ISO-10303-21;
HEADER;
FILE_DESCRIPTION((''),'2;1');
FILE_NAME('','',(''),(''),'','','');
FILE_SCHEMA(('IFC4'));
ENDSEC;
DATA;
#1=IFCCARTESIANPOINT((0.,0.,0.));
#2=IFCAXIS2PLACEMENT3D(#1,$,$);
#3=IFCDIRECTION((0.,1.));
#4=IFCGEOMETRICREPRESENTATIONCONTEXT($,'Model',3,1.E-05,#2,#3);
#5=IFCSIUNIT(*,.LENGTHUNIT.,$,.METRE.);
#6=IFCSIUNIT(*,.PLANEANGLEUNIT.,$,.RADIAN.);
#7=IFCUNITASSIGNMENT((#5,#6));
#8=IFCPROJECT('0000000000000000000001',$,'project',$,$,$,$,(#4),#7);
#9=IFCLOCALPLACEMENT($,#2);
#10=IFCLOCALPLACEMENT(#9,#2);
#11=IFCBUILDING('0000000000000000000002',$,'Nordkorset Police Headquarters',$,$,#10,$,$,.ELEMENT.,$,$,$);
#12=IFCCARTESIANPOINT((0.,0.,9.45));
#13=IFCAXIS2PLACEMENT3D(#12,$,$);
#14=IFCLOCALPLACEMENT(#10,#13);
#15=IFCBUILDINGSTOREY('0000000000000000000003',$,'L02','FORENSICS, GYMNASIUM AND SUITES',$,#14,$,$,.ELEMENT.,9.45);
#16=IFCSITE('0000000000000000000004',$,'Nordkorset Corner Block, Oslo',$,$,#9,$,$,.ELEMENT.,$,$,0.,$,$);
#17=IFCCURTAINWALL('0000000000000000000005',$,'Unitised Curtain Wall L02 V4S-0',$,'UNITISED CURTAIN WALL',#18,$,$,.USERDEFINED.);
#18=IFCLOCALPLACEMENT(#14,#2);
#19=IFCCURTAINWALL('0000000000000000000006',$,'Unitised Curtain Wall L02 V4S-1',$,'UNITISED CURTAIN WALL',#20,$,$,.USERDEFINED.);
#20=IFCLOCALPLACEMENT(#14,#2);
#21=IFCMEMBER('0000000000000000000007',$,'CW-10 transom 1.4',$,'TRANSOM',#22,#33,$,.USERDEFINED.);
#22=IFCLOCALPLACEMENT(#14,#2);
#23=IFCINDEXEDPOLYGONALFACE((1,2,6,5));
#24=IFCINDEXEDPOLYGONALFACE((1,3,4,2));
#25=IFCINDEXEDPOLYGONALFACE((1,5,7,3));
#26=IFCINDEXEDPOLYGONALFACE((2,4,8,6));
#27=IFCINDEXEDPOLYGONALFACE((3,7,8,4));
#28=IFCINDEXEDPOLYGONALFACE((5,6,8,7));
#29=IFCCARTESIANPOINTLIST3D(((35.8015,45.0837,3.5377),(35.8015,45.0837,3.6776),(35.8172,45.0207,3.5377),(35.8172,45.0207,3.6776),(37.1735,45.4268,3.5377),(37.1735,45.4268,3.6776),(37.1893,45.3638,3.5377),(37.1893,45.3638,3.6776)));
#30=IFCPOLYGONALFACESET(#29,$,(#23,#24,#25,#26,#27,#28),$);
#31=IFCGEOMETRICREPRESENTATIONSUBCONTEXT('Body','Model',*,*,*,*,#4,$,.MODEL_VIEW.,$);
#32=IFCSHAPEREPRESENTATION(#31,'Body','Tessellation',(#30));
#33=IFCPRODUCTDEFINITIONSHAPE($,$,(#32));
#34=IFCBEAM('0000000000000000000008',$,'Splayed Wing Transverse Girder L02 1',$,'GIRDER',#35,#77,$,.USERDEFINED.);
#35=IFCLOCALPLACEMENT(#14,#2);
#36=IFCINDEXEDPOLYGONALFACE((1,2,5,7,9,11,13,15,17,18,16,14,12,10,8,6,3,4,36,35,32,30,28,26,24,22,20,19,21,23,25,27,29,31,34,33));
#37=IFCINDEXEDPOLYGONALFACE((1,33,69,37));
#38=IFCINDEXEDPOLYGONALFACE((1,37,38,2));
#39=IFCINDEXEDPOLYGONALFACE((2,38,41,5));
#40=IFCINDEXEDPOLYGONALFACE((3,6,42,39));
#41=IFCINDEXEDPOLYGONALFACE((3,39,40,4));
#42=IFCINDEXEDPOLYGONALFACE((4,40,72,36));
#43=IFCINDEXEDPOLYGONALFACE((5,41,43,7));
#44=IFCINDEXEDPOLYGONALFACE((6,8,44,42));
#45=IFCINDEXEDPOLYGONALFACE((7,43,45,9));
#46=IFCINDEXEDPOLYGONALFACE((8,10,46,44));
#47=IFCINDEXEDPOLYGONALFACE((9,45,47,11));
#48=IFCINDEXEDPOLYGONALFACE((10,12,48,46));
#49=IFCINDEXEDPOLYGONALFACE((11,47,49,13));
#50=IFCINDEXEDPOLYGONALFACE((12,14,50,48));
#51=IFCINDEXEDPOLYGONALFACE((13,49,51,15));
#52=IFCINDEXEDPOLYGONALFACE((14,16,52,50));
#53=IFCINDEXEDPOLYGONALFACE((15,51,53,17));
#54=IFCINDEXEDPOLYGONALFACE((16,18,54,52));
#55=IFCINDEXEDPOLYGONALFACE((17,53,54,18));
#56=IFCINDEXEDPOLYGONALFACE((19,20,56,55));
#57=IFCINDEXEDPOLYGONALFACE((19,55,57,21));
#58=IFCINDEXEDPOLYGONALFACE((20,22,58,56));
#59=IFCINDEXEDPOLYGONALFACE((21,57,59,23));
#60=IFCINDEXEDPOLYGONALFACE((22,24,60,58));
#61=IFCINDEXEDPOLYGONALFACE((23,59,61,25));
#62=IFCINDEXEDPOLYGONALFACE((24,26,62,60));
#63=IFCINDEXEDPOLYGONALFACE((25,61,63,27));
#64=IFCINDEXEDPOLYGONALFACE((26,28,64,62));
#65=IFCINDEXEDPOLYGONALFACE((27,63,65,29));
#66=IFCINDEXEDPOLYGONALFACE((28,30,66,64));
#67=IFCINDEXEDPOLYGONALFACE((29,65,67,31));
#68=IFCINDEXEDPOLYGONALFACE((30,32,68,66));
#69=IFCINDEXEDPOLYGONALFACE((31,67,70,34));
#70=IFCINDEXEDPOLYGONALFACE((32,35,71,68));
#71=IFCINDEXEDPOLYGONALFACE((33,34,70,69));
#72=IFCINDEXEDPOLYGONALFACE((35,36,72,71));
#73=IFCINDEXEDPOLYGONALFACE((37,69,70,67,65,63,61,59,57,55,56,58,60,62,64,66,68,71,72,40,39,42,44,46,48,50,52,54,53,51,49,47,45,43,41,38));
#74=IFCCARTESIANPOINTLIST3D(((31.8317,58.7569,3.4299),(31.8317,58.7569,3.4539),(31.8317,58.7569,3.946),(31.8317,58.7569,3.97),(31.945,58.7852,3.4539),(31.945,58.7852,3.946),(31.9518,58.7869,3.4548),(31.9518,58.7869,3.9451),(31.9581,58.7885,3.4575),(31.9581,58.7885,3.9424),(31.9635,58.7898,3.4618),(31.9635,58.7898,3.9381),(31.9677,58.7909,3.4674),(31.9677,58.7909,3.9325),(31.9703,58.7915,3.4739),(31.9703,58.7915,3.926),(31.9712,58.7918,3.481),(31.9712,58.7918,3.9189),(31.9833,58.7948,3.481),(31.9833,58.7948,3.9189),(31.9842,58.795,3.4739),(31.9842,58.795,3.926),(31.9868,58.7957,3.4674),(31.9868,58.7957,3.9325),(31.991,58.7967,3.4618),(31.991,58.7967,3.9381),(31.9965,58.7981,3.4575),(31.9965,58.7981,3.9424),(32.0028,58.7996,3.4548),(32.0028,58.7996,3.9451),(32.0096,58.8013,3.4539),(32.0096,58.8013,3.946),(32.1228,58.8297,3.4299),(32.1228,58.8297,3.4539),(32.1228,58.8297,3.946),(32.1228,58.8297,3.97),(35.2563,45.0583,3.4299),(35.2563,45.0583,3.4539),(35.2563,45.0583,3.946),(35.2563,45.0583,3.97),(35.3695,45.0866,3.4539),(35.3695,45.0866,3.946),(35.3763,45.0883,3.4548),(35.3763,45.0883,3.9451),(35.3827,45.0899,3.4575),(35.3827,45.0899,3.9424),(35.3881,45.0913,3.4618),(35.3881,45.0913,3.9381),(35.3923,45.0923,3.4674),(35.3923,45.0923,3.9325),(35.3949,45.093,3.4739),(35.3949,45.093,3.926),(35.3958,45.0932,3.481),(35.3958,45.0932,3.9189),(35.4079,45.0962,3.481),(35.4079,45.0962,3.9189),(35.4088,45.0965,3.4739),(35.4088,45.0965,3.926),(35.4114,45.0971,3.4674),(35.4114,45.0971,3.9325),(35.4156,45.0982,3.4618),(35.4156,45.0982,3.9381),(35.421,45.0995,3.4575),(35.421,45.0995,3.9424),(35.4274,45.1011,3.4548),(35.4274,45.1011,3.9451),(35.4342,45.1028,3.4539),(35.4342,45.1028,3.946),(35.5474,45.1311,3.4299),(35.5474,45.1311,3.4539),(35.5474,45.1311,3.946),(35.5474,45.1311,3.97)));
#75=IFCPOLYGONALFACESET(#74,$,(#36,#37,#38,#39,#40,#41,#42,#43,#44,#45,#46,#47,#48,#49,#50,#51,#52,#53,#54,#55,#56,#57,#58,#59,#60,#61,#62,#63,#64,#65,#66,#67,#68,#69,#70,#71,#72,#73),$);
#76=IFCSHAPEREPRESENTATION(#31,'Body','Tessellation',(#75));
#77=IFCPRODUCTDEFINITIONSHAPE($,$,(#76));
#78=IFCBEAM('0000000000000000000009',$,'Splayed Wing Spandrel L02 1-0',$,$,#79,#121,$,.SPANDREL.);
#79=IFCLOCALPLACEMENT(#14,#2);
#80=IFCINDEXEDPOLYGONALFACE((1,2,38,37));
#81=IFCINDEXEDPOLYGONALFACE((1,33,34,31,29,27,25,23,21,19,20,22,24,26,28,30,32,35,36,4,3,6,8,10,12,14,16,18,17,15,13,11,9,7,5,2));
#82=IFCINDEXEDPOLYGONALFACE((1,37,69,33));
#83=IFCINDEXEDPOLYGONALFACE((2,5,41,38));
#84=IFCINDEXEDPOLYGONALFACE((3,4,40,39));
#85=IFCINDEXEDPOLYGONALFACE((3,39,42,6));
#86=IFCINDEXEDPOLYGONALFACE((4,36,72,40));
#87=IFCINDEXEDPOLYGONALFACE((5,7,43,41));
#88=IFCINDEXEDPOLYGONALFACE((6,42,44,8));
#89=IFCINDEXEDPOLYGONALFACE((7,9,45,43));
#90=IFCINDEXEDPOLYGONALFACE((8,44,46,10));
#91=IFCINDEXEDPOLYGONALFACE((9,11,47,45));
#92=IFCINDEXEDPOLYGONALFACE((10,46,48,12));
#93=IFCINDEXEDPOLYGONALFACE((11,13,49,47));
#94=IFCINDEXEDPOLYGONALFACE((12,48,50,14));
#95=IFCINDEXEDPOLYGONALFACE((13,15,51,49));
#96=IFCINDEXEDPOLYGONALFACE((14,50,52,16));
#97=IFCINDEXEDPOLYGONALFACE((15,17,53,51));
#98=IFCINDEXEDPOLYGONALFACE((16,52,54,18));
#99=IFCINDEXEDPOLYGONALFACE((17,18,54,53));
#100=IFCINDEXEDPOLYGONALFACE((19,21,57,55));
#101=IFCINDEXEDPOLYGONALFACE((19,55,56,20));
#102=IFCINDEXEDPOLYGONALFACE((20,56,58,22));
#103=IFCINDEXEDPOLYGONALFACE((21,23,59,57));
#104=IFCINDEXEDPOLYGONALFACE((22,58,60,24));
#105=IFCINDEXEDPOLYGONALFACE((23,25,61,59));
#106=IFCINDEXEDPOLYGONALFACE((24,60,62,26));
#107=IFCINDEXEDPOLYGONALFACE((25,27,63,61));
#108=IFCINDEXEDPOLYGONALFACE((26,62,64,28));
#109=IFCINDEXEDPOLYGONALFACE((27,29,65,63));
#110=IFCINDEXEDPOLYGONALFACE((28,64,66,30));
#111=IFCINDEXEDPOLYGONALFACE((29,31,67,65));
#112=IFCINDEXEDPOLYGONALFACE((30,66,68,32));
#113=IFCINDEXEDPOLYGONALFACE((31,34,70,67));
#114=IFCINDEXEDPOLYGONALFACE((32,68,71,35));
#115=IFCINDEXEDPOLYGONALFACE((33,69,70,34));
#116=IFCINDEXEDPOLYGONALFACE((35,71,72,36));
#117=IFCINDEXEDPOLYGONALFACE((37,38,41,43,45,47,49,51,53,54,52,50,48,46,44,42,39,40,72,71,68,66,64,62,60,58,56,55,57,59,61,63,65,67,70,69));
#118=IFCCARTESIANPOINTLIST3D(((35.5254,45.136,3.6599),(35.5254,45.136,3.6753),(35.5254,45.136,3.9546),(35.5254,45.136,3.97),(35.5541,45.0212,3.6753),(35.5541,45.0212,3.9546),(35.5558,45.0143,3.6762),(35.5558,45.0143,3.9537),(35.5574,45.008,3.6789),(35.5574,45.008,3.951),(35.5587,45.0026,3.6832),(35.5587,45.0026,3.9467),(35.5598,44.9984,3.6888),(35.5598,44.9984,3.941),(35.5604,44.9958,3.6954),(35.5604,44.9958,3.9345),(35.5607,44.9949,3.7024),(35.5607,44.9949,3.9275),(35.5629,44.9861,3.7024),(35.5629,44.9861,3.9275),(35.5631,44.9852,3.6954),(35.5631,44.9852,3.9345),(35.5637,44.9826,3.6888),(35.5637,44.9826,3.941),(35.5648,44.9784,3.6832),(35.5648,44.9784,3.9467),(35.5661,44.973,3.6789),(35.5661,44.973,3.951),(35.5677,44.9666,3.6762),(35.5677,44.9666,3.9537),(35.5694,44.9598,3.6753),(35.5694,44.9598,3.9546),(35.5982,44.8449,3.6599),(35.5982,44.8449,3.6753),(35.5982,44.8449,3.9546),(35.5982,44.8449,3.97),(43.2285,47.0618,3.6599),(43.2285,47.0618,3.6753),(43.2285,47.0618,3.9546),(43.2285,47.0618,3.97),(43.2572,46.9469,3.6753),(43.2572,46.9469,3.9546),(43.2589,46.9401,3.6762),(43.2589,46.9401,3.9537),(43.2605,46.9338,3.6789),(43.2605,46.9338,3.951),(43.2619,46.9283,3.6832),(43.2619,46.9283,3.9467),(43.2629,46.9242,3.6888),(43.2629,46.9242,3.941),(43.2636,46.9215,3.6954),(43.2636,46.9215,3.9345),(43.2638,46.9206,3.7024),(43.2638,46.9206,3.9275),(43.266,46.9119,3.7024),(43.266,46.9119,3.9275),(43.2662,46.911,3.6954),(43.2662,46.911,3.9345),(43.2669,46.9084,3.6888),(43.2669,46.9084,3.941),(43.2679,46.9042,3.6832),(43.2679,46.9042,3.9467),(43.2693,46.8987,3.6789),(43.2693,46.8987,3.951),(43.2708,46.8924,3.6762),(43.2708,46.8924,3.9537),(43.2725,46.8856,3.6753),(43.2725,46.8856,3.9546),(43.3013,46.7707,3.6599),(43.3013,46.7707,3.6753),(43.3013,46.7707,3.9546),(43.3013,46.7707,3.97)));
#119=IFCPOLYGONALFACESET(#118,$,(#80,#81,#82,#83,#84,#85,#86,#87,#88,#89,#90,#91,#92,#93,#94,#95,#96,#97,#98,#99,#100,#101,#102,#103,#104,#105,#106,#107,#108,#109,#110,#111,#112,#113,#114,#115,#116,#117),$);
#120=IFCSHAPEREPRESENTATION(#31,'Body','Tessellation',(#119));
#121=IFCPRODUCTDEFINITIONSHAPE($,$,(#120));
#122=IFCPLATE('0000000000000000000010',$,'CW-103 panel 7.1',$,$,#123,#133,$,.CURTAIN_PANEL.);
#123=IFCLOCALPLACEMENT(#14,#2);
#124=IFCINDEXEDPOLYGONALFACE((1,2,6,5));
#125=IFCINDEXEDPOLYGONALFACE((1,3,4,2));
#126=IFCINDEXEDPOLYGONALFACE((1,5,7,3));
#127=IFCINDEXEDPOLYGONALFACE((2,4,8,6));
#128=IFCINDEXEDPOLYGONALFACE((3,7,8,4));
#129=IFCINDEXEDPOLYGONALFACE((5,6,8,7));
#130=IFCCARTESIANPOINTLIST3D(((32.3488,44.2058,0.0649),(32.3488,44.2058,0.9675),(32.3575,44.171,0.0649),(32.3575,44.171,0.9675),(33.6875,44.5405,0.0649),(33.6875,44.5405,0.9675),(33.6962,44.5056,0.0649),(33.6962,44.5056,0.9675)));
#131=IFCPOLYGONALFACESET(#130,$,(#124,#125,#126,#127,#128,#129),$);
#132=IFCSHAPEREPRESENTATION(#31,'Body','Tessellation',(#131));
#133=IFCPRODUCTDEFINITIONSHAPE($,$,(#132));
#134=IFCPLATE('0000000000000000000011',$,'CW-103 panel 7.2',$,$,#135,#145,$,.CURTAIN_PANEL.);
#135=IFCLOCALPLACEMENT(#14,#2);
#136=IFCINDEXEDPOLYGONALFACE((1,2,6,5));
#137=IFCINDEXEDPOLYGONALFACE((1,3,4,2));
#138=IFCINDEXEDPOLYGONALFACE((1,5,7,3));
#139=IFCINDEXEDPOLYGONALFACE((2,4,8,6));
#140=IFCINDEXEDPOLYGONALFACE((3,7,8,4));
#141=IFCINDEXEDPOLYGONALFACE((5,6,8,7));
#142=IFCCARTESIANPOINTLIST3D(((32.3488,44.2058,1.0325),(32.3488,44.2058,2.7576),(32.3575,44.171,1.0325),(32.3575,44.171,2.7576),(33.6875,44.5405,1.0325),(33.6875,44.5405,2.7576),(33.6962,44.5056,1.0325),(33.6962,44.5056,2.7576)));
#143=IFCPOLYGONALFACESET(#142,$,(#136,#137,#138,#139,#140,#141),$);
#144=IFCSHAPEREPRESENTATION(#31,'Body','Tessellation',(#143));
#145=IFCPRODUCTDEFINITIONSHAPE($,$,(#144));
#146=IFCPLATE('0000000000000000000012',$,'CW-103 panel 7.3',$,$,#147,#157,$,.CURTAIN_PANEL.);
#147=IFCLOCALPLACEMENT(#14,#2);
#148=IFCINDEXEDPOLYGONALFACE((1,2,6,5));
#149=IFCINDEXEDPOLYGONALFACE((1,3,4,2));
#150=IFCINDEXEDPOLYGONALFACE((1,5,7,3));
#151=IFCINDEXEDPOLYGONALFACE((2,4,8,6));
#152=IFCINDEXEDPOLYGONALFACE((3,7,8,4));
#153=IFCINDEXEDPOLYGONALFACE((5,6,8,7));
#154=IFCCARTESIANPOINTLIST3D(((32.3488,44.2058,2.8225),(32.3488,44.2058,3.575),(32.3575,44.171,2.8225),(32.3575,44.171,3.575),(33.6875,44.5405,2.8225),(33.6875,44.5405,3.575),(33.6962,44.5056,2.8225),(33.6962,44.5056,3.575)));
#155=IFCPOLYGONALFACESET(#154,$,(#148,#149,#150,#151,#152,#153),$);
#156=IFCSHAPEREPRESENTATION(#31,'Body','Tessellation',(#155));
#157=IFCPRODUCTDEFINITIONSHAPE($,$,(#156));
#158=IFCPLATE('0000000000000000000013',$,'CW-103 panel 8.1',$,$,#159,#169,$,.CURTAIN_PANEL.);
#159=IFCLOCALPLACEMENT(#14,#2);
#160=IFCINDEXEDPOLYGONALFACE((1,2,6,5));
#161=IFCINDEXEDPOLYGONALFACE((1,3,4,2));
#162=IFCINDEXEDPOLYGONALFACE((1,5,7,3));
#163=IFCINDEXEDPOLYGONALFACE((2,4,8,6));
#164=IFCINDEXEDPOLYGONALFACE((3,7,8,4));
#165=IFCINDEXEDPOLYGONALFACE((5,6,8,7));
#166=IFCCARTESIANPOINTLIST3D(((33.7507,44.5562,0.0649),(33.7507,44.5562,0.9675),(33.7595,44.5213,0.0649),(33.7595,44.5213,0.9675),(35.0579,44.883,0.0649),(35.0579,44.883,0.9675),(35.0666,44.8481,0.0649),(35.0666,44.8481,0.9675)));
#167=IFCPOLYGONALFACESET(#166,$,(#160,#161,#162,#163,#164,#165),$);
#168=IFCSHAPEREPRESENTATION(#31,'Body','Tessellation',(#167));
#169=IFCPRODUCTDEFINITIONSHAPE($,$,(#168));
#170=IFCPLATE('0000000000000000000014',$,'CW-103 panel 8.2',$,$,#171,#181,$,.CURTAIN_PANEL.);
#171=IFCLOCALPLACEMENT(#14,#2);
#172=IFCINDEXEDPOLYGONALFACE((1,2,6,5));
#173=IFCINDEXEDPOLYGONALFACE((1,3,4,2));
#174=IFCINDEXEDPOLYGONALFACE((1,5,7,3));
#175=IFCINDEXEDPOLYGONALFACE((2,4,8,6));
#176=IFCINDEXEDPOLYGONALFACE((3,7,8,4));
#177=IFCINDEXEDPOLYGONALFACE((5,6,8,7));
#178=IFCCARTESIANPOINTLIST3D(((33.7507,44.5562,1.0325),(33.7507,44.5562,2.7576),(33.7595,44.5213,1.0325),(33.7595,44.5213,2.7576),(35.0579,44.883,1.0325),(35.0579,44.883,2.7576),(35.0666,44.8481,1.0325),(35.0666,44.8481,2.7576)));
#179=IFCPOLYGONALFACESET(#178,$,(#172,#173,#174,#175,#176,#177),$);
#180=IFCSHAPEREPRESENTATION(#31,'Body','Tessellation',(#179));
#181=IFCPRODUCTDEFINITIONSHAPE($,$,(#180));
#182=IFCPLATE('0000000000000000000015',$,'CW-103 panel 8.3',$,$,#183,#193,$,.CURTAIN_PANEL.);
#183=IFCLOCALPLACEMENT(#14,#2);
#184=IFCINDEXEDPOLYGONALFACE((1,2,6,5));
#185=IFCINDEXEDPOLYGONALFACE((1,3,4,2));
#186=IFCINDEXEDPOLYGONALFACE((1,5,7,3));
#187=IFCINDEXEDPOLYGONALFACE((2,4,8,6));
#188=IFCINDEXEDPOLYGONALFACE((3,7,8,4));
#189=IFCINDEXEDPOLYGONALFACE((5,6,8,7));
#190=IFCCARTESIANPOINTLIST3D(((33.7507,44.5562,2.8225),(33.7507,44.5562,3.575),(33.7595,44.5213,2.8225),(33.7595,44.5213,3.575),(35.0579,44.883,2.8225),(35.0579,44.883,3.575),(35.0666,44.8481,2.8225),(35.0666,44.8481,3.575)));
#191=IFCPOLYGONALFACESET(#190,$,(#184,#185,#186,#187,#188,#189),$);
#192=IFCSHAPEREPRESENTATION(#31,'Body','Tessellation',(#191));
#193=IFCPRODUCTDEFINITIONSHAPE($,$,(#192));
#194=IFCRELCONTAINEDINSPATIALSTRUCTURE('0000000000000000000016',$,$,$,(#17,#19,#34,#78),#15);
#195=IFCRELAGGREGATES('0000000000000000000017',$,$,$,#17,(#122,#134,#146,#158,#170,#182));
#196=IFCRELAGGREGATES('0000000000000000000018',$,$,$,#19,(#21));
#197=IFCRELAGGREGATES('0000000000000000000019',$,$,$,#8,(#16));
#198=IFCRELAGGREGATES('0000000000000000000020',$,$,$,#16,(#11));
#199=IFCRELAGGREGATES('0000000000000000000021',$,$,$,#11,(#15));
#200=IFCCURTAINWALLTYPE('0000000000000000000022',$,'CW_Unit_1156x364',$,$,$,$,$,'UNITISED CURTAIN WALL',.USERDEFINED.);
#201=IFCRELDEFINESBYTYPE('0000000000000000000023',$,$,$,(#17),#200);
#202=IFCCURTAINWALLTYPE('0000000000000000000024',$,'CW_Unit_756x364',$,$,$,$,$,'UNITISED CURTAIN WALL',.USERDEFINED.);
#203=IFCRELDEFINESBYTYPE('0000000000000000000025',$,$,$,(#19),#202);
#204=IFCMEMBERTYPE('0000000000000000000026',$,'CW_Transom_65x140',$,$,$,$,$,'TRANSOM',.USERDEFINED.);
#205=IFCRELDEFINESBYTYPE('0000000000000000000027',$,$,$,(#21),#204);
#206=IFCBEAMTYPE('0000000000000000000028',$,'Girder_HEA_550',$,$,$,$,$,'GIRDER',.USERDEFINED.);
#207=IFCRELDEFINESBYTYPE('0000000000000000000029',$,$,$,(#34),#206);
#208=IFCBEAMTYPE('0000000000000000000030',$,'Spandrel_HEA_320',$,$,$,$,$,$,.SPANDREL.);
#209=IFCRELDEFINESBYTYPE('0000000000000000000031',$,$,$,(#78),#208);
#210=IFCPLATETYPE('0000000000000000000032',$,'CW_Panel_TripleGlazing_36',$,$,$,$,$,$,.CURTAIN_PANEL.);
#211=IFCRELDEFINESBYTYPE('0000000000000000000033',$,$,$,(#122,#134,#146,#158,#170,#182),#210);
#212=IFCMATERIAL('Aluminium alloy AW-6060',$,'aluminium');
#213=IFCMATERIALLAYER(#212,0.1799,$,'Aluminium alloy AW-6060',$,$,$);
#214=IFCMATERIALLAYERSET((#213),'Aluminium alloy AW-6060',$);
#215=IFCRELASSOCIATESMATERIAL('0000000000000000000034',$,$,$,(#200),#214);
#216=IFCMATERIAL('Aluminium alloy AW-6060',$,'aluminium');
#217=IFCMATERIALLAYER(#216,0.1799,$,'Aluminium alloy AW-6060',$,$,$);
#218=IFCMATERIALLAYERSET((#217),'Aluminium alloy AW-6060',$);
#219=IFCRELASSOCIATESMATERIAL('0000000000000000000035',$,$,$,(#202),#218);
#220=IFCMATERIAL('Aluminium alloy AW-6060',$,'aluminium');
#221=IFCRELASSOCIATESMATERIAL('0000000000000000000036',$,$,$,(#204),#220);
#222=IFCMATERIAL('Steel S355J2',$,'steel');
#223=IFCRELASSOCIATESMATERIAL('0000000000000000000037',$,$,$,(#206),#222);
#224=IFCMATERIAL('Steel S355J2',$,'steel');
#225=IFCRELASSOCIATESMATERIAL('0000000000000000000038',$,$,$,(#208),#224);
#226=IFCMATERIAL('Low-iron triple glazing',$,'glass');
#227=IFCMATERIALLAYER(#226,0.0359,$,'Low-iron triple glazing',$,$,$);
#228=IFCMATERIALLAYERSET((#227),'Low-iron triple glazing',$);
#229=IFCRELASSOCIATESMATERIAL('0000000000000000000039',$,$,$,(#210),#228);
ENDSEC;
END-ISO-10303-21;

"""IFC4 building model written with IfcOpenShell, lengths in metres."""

from ifc_helpers import new_model, si_unit, direction, frame, origin, origin_2d, place, context, subcontext, project, spatial, rectangle, i_section, extrude, material, layer, layer_set, material_profile, profile_set, type_object, element, aggregate, save


model = new_model("IFC4")

# Units and contexts
model_context = context("Model", 3, precision=1e-05, world=origin(), true_north=direction((0.0, 1.0)))
body_context = subcontext(model_context, "Body", "Model", "MODEL_VIEW")
ifc_project = project(units=[si_unit("LENGTHUNIT", "METRE"), si_unit("PLANEANGLEUNIT", "RADIAN")], contexts=[model_context])

# Site, building, storey
site_placement = place(None, origin())
site = spatial("IfcSite", under=ifc_project, at=site_placement, Name="Nordkorset Corner Block, Oslo", CompositionType="ELEMENT", RefElevation=0.0)
building_placement = place(site_placement, origin())
building = spatial("IfcBuilding", under=site, at=building_placement, Name="Nordkorset Police Headquarters", CompositionType="ELEMENT")
storey_placement = place(building_placement, frame((0.0, 0.0, 9.45)))
storey = spatial("IfcBuildingStorey", under=building, at=storey_placement, Name="L02", Description="FORENSICS, GYMNASIUM AND SUITES", CompositionType="ELEMENT", Elevation=9.45)

# Curtain wall
ifc_material_1 = material(Name="Aluminium alloy AW-6060", Category="aluminium")
ifc_layer_1 = layer(ifc_material_1, 0.1799, Name="Aluminium alloy AW-6060")
ifc_layer_set_1 = layer_set([ifc_layer_1], Name="Aluminium alloy AW-6060")
curtain_wall_type_1 = type_object("IfcCurtainWallType", Name="CW_Unit_1156x364", ElementType="UNITISED CURTAIN WALL", PredefinedType="USERDEFINED", material=ifc_layer_set_1)
curtain_wall_1_placement = place(storey_placement, origin())
curtain_wall_1 = element("IfcCurtainWall", 1, at=curtain_wall_1_placement, inside=storey, type_object=curtain_wall_type_1, Name="Unitised Curtain Wall L02 V4S-0", ObjectType="UNITISED CURTAIN WALL", PredefinedType="USERDEFINED")

# Curtain wall
ifc_material_2 = material(Name="Aluminium alloy AW-6060", Category="aluminium")
ifc_layer_2 = layer(ifc_material_2, 0.1799, Name="Aluminium alloy AW-6060")
ifc_layer_set_2 = layer_set([ifc_layer_2], Name="Aluminium alloy AW-6060")
curtain_wall_type_2 = type_object("IfcCurtainWallType", Name="CW_Unit_756x364", ElementType="UNITISED CURTAIN WALL", PredefinedType="USERDEFINED", material=ifc_layer_set_2)
curtain_wall_2_placement = place(storey_placement, origin())
curtain_wall_2 = element("IfcCurtainWall", 2, at=curtain_wall_2_placement, inside=storey, type_object=curtain_wall_type_2, Name="Unitised Curtain Wall L02 V4S-1", ObjectType="UNITISED CURTAIN WALL", PredefinedType="USERDEFINED")

# Member
ifc_material_3 = material(Name="Aluminium alloy AW-6060", Category="aluminium")
ifc_material_profile_1 = material_profile(ifc_material_3, rectangle(XDim=0.0649, YDim=0.1399, at=origin_2d()), Name="ALU TRAN 65x140")
ifc_profile_set_1 = profile_set([ifc_material_profile_1], Name="Aluminium alloy AW-6060")
member_type_1 = type_object("IfcMemberType", Name="CW_Transom_65x140", ElementType="TRANSOM", PredefinedType="USERDEFINED", material=ifc_profile_set_1)
member_1_placement = place(storey_placement, frame((35.8093, 45.0522, 3.6077), z_axis=(0.970143, 0.242536, 0.0), x_axis=(-0.242536, 0.970143, 0.0)))
member_1 = element("IfcMember", 3, at=member_1_placement, type_object=member_type_1, Name="CW-10 transom 1.4", ObjectType="TRANSOM", PredefinedType="USERDEFINED", context=body_context, shape_type="SweptSolid", body=[
    extrude(rectangle(XDim=0.0649, YDim=0.1399, at=origin_2d()), origin(), (0.0, 0.0, 1.0), 1.4143),
])

# Beams
ifc_material_4 = material(Name="Steel S355J2", Category="steel")
ifc_material_profile_2 = material_profile(ifc_material_4, i_section(OverallWidth=0.3, OverallDepth=0.54, WebThickness=0.0125, FlangeThickness=0.0239, FilletRadius=0.0271, at=origin_2d()), Name="HEA 550")
ifc_profile_set_2 = profile_set([ifc_material_profile_2], Name="Steel S355J2")
beam_type_1 = type_object("IfcBeamType", Name="Girder_HEA_550", ElementType="GIRDER", PredefinedType="USERDEFINED", material=ifc_profile_set_2)
beam_1_placement = place(storey_placement, frame((35.4019, 45.0947, 3.7), z_axis=(-0.242532, 0.970144, 0.0), x_axis=(-0.970144, -0.242532, 0.0)))
element("IfcBeam", 4, at=beam_1_placement, inside=storey, type_object=beam_type_1, Name="Splayed Wing Transverse Girder L02 1", ObjectType="GIRDER", PredefinedType="USERDEFINED", context=body_context, shape_type="SweptSolid", body=[
    extrude(i_section(OverallWidth=0.3, OverallDepth=0.54, WebThickness=0.0125, FlangeThickness=0.0239, FilletRadius=0.0271, at=origin_2d()), origin(), (0.0, 0.0, 1.0), 14.1201),
])
ifc_material_5 = material(Name="Steel S355J2", Category="steel")
ifc_material_profile_3 = material_profile(ifc_material_5, i_section(OverallWidth=0.3, OverallDepth=0.3101, WebThickness=0.009, FlangeThickness=0.0154, FilletRadius=0.0271, at=origin_2d()), Name="HEA 320")
ifc_profile_set_3 = profile_set([ifc_material_profile_3], Name="Steel S355J2")
beam_type_2 = type_object("IfcBeamType", Name="Spandrel_HEA_320", PredefinedType="SPANDREL", material=ifc_profile_set_3)
beam_2_placement = place(storey_placement, frame((35.5618, 44.9905, 3.8149), z_axis=(0.970143, 0.242536, 0.0), x_axis=(-0.242536, 0.970143, 0.0)))
element("IfcBeam", 5, at=beam_2_placement, inside=storey, type_object=beam_type_2, Name="Splayed Wing Spandrel L02 1-0", PredefinedType="SPANDREL", context=body_context, shape_type="SweptSolid", body=[
    extrude(i_section(OverallWidth=0.3, OverallDepth=0.3101, WebThickness=0.009, FlangeThickness=0.0154, FilletRadius=0.0271, at=origin_2d()), origin(), (0.0, 0.0, 1.0), 7.9402),
])

# Plates
ifc_material_6 = material(Name="Low-iron triple glazing", Category="glass")
ifc_layer_3 = layer(ifc_material_6, 0.0359, Name="Low-iron triple glazing")
ifc_layer_set_3 = layer_set([ifc_layer_3], Name="Low-iron triple glazing")
plate_type = type_object("IfcPlateType", Name="CW_Panel_TripleGlazing_36", PredefinedType="CURTAIN_PANEL", material=ifc_layer_set_3)
plate_1_placement = place(storey_placement, frame((33.0225, 44.3557, 0.0649), z_axis=(0.0, 0.0, 1.0), x_axis=(0.970143, 0.242536, 0.0)))
plate_1 = element("IfcPlate", 6, at=plate_1_placement, type_object=plate_type, Name="CW-103 panel 7.1", PredefinedType="CURTAIN_PANEL", context=body_context, shape_type="SweptSolid", body=[
    extrude(rectangle(XDim=1.3799, YDim=0.0359, at=origin_2d()), origin(), (0.0, 0.0, 1.0), 0.9026),
])
plate_2_placement = place(storey_placement, frame((33.0225, 44.3557, 1.0325), z_axis=(0.0, 0.0, 1.0), x_axis=(0.970143, 0.242536, 0.0)))
plate_2 = element("IfcPlate", 7, at=plate_2_placement, type_object=plate_type, Name="CW-103 panel 7.2", PredefinedType="CURTAIN_PANEL", context=body_context, shape_type="SweptSolid", body=[
    extrude(rectangle(XDim=1.3799, YDim=0.0359, at=origin_2d()), origin(), (0.0, 0.0, 1.0), 1.7251),
])
plate_3_placement = place(storey_placement, frame((33.0225, 44.3557, 2.8225), z_axis=(0.0, 0.0, 1.0), x_axis=(0.970143, 0.242536, 0.0)))
plate_3 = element("IfcPlate", 8, at=plate_3_placement, type_object=plate_type, Name="CW-103 panel 7.3", PredefinedType="CURTAIN_PANEL", context=body_context, shape_type="SweptSolid", body=[
    extrude(rectangle(XDim=1.3799, YDim=0.0359, at=origin_2d()), origin(), (0.0, 0.0, 1.0), 0.7524),
])
plate_4_placement = place(storey_placement, frame((34.4087, 44.7021, 0.0649), z_axis=(0.0, 0.0, 1.0), x_axis=(0.970143, 0.242536, 0.0)))
plate_4 = element("IfcPlate", 9, at=plate_4_placement, type_object=plate_type, Name="CW-103 panel 8.1", PredefinedType="CURTAIN_PANEL", context=body_context, shape_type="SweptSolid", body=[
    extrude(rectangle(XDim=1.3474, YDim=0.0359, at=origin_2d()), origin(), (0.0, 0.0, 1.0), 0.9026),
])
plate_5_placement = place(storey_placement, frame((34.4087, 44.7021, 1.0325), z_axis=(0.0, 0.0, 1.0), x_axis=(0.970143, 0.242536, 0.0)))
plate_5 = element("IfcPlate", 10, at=plate_5_placement, type_object=plate_type, Name="CW-103 panel 8.2", PredefinedType="CURTAIN_PANEL", context=body_context, shape_type="SweptSolid", body=[
    extrude(rectangle(XDim=1.3474, YDim=0.0359, at=origin_2d()), origin(), (0.0, 0.0, 1.0), 1.7251),
])
plate_6_placement = place(storey_placement, frame((34.4087, 44.7021, 2.8225), z_axis=(0.0, 0.0, 1.0), x_axis=(0.970143, 0.242536, 0.0)))
plate_6 = element("IfcPlate", 11, at=plate_6_placement, type_object=plate_type, Name="CW-103 panel 8.3", PredefinedType="CURTAIN_PANEL", context=body_context, shape_type="SweptSolid", body=[
    extrude(rectangle(XDim=1.3474, YDim=0.0359, at=origin_2d()), origin(), (0.0, 0.0, 1.0), 0.7524),
])
aggregate(curtain_wall_1, [plate_1, plate_2, plate_3, plate_4, plate_5, plate_6])
aggregate(curtain_wall_2, [member_1])

save(model, "model.ifc")
